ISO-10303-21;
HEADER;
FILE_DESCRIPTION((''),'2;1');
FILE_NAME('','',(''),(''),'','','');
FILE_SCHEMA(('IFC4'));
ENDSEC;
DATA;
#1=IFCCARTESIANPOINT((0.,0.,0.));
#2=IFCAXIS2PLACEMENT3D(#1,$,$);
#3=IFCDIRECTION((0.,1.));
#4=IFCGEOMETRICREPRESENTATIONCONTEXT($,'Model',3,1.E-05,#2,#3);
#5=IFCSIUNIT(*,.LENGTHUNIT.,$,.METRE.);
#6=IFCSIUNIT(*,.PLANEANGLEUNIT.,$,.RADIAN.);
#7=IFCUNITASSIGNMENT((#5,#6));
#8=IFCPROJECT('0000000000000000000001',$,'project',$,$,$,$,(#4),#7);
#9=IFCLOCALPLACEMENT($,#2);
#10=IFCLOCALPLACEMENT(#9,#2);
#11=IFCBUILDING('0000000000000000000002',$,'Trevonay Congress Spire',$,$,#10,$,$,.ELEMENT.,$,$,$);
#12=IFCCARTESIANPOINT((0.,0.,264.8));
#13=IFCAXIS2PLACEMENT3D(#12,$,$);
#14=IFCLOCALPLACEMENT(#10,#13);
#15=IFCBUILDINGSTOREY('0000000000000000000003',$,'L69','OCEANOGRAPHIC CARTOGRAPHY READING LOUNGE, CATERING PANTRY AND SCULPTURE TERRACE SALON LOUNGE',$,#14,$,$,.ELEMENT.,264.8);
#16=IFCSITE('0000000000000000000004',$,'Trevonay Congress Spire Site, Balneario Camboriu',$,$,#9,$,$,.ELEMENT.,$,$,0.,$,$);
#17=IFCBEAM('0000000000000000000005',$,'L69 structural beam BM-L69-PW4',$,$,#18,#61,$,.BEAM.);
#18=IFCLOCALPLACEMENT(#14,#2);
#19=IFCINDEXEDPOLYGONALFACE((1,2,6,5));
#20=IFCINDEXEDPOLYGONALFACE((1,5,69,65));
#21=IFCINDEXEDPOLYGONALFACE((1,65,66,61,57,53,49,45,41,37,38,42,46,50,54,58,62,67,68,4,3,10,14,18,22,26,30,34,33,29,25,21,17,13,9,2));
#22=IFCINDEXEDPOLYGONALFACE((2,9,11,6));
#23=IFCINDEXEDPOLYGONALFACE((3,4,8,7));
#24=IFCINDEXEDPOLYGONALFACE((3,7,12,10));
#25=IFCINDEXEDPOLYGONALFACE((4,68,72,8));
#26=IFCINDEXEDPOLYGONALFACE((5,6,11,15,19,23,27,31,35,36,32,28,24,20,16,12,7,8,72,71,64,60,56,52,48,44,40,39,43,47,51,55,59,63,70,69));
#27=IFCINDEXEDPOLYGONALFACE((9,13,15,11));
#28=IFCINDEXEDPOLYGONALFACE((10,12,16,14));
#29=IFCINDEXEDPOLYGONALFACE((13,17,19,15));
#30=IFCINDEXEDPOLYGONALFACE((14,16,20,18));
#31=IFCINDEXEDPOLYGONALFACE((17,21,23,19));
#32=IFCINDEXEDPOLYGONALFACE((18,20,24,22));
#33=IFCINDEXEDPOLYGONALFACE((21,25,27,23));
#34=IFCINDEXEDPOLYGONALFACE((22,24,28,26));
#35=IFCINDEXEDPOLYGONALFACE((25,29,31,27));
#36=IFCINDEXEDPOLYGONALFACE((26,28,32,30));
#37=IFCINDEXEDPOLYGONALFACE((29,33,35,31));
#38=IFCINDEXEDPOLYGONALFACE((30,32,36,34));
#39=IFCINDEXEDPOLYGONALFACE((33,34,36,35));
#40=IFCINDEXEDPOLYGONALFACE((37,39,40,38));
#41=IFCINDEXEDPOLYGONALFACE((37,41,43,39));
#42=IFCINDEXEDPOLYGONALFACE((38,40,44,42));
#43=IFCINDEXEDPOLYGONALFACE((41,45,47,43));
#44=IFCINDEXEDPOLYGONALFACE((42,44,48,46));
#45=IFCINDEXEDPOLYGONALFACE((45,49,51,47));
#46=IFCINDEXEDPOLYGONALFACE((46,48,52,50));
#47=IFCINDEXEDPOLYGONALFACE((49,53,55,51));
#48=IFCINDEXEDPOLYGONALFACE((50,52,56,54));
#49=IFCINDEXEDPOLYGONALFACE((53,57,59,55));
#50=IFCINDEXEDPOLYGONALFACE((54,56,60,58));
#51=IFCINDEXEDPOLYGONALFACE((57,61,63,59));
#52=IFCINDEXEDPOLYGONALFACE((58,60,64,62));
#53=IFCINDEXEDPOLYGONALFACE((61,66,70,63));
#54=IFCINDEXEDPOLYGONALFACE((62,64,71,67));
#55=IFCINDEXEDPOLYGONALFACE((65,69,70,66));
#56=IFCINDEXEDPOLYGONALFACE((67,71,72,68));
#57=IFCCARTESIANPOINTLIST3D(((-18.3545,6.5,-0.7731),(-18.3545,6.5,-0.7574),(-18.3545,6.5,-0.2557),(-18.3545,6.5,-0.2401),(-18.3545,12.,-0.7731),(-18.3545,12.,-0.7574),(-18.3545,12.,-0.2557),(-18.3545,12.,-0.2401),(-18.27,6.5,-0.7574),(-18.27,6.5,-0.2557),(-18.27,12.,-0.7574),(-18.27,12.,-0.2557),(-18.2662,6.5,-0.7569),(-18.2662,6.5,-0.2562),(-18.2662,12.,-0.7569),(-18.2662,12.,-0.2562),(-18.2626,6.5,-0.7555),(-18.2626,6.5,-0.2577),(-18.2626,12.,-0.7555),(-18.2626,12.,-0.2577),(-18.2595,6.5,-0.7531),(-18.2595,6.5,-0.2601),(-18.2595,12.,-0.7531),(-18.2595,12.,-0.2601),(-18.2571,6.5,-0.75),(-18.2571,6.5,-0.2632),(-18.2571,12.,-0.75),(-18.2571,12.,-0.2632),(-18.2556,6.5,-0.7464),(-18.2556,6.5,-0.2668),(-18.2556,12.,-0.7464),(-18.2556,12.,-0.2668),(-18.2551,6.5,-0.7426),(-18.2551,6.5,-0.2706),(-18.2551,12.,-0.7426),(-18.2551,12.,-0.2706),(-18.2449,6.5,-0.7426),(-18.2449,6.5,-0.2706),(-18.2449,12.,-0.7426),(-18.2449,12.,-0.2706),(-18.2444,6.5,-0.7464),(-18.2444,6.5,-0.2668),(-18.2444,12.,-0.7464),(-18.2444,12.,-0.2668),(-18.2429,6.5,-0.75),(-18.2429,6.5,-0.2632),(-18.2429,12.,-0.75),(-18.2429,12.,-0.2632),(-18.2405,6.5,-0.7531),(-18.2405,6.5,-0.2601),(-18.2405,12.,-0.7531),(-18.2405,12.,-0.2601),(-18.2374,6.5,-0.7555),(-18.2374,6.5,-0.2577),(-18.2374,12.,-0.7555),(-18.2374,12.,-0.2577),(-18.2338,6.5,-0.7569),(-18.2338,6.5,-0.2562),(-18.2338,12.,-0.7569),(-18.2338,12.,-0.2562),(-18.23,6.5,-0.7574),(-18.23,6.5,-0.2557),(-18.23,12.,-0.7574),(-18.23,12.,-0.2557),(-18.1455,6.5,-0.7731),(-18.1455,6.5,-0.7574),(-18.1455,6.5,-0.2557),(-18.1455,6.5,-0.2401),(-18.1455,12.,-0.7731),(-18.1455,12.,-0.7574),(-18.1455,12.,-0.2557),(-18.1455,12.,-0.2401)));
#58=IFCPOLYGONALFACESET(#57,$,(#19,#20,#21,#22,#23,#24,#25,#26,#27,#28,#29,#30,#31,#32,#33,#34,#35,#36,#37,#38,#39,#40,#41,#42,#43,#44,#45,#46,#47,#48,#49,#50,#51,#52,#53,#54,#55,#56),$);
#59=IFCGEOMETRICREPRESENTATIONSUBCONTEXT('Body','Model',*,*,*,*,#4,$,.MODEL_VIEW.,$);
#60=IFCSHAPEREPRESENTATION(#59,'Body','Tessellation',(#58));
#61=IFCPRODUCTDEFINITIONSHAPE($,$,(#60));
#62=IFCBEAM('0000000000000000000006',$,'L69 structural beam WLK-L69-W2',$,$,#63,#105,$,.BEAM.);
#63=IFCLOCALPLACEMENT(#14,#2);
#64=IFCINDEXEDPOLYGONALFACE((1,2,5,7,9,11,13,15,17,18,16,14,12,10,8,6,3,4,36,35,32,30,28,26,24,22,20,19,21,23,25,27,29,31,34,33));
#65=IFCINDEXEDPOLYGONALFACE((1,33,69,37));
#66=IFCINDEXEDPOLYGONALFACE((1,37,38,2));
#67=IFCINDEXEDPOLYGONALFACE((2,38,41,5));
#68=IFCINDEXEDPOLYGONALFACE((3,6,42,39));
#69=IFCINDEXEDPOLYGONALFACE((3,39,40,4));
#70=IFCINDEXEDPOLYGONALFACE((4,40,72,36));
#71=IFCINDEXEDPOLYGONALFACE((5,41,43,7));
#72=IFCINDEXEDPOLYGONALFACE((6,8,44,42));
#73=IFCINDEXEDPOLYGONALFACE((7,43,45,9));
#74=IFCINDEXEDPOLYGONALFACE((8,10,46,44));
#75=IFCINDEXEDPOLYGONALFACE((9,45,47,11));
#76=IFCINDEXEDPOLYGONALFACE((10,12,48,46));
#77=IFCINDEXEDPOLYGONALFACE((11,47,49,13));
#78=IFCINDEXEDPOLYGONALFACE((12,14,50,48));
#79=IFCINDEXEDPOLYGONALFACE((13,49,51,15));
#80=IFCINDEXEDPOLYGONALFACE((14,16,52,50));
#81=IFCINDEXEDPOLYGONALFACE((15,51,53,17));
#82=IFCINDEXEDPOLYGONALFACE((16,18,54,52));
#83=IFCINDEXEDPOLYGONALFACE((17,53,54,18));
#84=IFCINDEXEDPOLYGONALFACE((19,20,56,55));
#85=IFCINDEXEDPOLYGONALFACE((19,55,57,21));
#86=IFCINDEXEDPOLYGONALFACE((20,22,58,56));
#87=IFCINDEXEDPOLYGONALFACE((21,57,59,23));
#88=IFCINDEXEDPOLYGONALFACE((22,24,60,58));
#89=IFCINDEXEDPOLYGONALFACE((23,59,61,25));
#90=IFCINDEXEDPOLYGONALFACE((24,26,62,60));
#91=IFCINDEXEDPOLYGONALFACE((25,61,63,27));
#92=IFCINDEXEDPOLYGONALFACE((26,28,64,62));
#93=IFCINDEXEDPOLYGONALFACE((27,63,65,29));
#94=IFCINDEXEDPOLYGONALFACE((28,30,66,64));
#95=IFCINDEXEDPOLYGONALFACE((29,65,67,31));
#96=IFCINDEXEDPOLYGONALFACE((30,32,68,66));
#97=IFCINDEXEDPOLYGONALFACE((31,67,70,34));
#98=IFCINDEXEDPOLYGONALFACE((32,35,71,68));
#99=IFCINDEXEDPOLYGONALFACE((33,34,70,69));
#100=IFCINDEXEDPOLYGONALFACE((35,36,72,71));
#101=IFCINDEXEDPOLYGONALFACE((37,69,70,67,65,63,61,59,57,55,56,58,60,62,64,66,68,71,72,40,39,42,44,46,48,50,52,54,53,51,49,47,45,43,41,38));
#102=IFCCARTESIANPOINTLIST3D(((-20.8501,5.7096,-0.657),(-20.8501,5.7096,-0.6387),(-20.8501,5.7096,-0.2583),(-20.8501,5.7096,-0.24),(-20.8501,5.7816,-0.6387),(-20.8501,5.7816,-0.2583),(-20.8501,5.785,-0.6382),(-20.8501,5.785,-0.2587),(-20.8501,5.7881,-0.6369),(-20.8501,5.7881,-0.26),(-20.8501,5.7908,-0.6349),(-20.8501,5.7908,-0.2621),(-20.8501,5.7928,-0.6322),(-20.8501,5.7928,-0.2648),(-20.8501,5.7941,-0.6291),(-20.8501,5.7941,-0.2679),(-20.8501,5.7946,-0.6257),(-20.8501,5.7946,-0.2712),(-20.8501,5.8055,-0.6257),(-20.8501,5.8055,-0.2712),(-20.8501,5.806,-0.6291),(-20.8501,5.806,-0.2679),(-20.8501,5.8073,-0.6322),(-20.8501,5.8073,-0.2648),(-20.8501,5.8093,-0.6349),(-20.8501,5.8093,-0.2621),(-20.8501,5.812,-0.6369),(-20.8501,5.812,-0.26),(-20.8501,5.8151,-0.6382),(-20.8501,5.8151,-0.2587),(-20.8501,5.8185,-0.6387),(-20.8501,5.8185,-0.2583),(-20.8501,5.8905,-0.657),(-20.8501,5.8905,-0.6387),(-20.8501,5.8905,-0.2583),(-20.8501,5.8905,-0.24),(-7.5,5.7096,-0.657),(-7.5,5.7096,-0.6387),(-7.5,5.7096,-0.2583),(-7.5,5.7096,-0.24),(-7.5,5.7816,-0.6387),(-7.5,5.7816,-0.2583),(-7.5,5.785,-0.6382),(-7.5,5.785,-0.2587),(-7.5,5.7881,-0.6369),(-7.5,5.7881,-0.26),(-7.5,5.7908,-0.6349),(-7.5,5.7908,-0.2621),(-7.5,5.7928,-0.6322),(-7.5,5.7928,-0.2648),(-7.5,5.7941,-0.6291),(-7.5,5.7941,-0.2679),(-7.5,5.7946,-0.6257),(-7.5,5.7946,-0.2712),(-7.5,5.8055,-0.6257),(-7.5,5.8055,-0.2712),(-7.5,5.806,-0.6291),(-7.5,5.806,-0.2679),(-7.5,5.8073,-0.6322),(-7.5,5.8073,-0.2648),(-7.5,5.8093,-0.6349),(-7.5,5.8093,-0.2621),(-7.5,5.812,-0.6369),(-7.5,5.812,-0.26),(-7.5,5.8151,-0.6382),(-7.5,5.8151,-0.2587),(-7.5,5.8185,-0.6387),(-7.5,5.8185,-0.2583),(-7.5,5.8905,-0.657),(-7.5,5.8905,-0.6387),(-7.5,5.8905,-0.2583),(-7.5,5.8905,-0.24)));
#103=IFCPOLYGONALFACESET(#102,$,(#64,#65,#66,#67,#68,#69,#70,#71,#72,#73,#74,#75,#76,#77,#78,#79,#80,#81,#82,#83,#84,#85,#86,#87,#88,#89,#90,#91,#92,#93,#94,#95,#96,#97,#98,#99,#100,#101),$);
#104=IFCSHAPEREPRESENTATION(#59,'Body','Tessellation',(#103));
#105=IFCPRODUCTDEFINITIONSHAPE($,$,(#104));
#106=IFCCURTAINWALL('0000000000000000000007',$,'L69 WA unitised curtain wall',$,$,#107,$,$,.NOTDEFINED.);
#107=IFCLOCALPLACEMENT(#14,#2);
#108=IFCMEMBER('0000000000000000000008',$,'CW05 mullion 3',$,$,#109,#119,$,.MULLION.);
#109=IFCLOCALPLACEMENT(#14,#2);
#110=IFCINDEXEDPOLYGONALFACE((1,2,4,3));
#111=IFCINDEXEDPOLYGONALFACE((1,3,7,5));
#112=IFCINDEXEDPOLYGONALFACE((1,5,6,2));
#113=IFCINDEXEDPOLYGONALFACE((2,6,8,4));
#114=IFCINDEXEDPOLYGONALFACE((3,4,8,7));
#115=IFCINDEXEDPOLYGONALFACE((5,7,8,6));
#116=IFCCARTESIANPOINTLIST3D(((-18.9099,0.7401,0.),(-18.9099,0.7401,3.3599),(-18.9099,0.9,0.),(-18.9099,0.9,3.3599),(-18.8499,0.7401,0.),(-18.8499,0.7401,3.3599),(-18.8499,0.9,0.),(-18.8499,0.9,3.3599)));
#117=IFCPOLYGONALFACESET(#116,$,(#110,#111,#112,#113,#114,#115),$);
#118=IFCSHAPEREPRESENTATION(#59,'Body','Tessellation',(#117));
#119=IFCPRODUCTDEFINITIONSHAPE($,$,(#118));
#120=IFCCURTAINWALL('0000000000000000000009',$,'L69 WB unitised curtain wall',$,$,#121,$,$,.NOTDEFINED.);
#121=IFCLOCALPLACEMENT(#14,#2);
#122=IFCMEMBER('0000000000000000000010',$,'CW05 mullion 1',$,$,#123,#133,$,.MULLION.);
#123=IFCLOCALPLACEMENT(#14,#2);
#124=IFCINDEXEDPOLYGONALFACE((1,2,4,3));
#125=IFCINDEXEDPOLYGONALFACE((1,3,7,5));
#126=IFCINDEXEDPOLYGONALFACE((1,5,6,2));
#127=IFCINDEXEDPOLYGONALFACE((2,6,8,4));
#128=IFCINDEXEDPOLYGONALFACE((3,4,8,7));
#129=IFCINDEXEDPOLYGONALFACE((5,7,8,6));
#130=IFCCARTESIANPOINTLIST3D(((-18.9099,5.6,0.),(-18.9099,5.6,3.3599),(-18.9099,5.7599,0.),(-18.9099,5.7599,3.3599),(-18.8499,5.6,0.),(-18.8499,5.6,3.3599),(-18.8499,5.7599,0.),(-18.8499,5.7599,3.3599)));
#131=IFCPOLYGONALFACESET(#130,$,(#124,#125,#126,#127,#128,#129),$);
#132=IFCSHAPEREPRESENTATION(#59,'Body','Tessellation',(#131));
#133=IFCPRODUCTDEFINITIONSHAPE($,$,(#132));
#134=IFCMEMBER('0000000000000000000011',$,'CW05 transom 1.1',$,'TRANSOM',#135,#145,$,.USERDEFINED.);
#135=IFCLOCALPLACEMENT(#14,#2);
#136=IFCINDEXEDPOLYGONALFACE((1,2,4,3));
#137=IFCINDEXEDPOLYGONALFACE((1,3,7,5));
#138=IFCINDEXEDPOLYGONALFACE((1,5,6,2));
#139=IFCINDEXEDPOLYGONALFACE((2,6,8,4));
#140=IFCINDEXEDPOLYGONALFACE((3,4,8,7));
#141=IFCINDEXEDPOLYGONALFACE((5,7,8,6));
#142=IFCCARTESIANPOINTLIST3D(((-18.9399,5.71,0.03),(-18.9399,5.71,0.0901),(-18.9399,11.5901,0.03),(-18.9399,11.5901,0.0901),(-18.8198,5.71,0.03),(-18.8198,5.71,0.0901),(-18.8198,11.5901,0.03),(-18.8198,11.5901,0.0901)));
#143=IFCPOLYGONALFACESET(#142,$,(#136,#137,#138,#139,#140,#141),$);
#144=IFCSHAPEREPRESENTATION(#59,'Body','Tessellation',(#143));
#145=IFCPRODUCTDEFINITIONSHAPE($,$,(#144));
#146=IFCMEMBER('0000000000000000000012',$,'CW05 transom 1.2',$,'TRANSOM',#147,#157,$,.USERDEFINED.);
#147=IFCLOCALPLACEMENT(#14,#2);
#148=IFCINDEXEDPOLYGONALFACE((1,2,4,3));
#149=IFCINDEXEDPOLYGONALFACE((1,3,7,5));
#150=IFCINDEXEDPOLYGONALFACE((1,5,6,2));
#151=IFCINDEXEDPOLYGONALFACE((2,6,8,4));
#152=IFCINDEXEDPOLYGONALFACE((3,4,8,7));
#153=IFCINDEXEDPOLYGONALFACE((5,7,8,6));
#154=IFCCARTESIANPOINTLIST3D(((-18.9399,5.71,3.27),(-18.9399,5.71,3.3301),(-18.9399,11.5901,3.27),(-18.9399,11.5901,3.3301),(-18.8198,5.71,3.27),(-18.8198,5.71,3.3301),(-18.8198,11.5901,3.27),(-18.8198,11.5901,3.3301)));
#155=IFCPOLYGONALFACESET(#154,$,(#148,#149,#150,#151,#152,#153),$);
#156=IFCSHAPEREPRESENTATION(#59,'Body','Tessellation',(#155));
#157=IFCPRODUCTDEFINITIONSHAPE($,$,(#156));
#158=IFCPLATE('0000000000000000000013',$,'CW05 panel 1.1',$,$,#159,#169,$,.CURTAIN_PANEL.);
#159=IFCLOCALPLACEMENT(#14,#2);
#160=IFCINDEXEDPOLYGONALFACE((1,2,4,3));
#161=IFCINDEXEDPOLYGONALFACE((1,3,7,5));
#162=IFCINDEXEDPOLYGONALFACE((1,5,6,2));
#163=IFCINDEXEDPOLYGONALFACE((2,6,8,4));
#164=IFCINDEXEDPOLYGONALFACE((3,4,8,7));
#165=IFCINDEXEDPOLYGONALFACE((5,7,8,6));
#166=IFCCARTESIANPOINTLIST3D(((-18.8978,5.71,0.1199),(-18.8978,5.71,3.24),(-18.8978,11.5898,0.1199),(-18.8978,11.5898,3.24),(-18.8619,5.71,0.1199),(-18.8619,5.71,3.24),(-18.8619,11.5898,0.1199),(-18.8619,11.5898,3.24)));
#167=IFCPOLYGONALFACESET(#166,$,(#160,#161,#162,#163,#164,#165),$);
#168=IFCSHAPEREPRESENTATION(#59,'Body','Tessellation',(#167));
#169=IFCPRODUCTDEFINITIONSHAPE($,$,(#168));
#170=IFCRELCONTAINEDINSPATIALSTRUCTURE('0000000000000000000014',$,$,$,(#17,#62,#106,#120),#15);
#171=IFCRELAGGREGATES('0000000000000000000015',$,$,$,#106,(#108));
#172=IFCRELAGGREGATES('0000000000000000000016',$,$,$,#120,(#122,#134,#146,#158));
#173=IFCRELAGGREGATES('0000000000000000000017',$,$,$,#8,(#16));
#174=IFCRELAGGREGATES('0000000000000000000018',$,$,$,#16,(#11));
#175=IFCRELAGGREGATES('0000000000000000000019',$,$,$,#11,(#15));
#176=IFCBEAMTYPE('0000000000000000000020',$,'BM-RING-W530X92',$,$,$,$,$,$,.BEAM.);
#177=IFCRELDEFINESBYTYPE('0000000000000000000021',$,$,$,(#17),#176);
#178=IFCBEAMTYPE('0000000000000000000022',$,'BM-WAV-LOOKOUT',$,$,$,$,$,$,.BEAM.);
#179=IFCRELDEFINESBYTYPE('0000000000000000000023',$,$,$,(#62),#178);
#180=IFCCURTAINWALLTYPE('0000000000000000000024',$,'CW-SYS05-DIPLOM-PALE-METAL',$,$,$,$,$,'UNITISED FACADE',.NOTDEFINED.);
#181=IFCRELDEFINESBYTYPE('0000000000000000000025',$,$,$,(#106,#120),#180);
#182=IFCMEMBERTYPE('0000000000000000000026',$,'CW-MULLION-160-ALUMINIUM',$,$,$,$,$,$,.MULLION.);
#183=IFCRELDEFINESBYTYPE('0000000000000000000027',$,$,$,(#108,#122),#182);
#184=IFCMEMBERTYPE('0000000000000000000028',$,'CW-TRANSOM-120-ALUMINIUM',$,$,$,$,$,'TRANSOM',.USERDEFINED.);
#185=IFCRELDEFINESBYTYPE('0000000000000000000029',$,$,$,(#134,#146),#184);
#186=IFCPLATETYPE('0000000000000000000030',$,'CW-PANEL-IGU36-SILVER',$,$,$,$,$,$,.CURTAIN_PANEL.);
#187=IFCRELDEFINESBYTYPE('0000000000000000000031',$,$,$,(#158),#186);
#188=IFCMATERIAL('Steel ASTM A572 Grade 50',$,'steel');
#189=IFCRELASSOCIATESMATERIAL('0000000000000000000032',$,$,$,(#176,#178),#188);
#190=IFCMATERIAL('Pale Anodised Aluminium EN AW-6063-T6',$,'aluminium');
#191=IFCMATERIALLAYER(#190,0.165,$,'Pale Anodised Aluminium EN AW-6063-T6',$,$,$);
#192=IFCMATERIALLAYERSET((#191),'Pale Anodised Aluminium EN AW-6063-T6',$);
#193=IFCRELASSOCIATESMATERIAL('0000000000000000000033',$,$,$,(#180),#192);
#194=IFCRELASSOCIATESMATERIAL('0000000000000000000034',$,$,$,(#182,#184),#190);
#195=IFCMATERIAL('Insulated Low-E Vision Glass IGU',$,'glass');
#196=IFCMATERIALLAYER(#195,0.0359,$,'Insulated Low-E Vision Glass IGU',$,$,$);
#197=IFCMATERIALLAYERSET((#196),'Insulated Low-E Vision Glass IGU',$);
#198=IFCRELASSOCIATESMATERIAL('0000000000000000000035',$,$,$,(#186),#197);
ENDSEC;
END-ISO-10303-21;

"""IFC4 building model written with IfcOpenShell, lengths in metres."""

from ifc_helpers import new_model, si_unit, direction, frame, origin, origin_2d, place, context, subcontext, project, spatial, rectangle, i_section, extrude, material, layer, layer_set, material_profile, profile_set, type_object, element, aggregate, save


model = new_model("IFC4")

# Units and contexts
model_context = context("Model", 3, precision=1e-05, world=origin(), true_north=direction((0.0, 1.0)))
body_context = subcontext(model_context, "Body", "Model", "MODEL_VIEW")
ifc_project = project(units=[si_unit("LENGTHUNIT", "METRE"), si_unit("PLANEANGLEUNIT", "RADIAN")], contexts=[model_context])

# Site, building, storey
site_placement = place(None, origin())
site = spatial("IfcSite", under=ifc_project, at=site_placement, Name="Trevonay Congress Spire Site, Balneario Camboriu", CompositionType="ELEMENT", RefElevation=0.0)
building_placement = place(site_placement, origin())
building = spatial("IfcBuilding", under=site, at=building_placement, Name="Trevonay Congress Spire", CompositionType="ELEMENT")
storey_placement = place(building_placement, frame((0.0, 0.0, 264.8)))
storey = spatial("IfcBuildingStorey", under=building, at=storey_placement, Name="L69", Description="OCEANOGRAPHIC CARTOGRAPHY READING LOUNGE, CATERING PANTRY AND SCULPTURE TERRACE SALON LOUNGE", CompositionType="ELEMENT", Elevation=264.8)

# Shared definitions
ifc_material_1 = material(Name="Steel ASTM A572 Grade 50", Category="steel")

# Beams
ifc_material_profile_1 = material_profile(ifc_material_1, i_section(OverallWidth=0.209, OverallDepth=0.533, WebThickness=0.0103, FlangeThickness=0.0156, FilletRadius=0.0149, at=origin_2d()), Name="W530x92")
ifc_profile_set_1 = profile_set([ifc_material_profile_1], Name="Steel ASTM A572 Grade 50")
beam_type_1 = type_object("IfcBeamType", Name="BM-RING-W530X92", PredefinedType="BEAM", material=ifc_profile_set_1)
beam_1_placement = place(storey_placement, frame((-18.25, 6.5, -0.5066), z_axis=(0.0, 1.0, 0.0), x_axis=(-1.0, 0.0, 0.0)))
element("IfcBeam", 1, at=beam_1_placement, inside=storey, type_object=beam_type_1, Name="L69 structural beam BM-L69-PW4", PredefinedType="BEAM", context=body_context, shape_type="SweptSolid", body=[
    extrude(i_section(OverallWidth=0.209, OverallDepth=0.533, WebThickness=0.0103, FlangeThickness=0.0156, FilletRadius=0.0149, at=origin_2d()), origin(), (0.0, 0.0, 1.0), 5.5),
])
ifc_material_profile_2 = material_profile(ifc_material_1, i_section(OverallWidth=0.1809, OverallDepth=0.417, WebThickness=0.011, FlangeThickness=0.0183, FilletRadius=0.0129, at=origin_2d()), Name="W410x85")
ifc_profile_set_2 = profile_set([ifc_material_profile_2], Name="Steel ASTM A572 Grade 50")
beam_type_2 = type_object("IfcBeamType", Name="BM-WAV-LOOKOUT", PredefinedType="BEAM", material=ifc_profile_set_2)
beam_2_placement = place(storey_placement, frame((-7.5, 5.8, -0.4485), z_axis=(-1.0, 0.0, 0.0), x_axis=(0.0, -1.0, 0.0)))
element("IfcBeam", 2, at=beam_2_placement, inside=storey, type_object=beam_type_2, Name="L69 structural beam WLK-L69-W2", PredefinedType="BEAM", context=body_context, shape_type="SweptSolid", body=[
    extrude(i_section(OverallWidth=0.1809, OverallDepth=0.417, WebThickness=0.011, FlangeThickness=0.0183, FilletRadius=0.0129, at=origin_2d()), origin(), (0.0, 0.0, 1.0), 13.3501),
])

# Curtain wall, member
ifc_material_2 = material(Name="Pale Anodised Aluminium EN AW-6063-T6", Category="aluminium")
ifc_layer_1 = layer(ifc_material_2, 0.165, Name="Pale Anodised Aluminium EN AW-6063-T6")
ifc_layer_set_1 = layer_set([ifc_layer_1], Name="Pale Anodised Aluminium EN AW-6063-T6")
curtain_wall_type = type_object("IfcCurtainWallType", Name="CW-SYS05-DIPLOM-PALE-METAL", ElementType="UNITISED FACADE", PredefinedType="NOTDEFINED", material=ifc_layer_set_1)
curtain_wall_1_placement = place(storey_placement, origin())
curtain_wall_1 = element("IfcCurtainWall", 3, at=curtain_wall_1_placement, inside=storey, type_object=curtain_wall_type, Name="L69 WA unitised curtain wall", PredefinedType="NOTDEFINED")
ifc_material_profile_3 = material_profile(ifc_material_2, rectangle(XDim=0.0601, YDim=0.1599, at=origin_2d()), Name="CW-MULLION-160-ALUMINIUM")
ifc_profile_set_3 = profile_set([ifc_material_profile_3], Name="Pale Anodised Aluminium EN AW-6063-T6")
member_type_1 = type_object("IfcMemberType", Name="CW-MULLION-160-ALUMINIUM", PredefinedType="MULLION", material=ifc_profile_set_3)
member_1_placement = place(storey_placement, frame((-18.8799, 0.8201, 0.0), z_axis=(0.0, 0.0, 1.0), x_axis=(-1.0, 0.0, 0.0)))
member_1 = element("IfcMember", 4, at=member_1_placement, type_object=member_type_1, Name="CW05 mullion 3", PredefinedType="MULLION", context=body_context, shape_type="SweptSolid", body=[
    extrude(rectangle(XDim=0.0601, YDim=0.1599, at=origin_2d()), origin(), (0.0, 0.0, 1.0), 3.3599),
])
aggregate(curtain_wall_1, [member_1])

# Curtain wall, members, plate
curtain_wall_2_placement = place(storey_placement, origin())
curtain_wall_2 = element("IfcCurtainWall", 5, at=curtain_wall_2_placement, inside=storey, type_object=curtain_wall_type, Name="L69 WB unitised curtain wall", PredefinedType="NOTDEFINED")
member_2_placement = place(storey_placement, frame((-18.8799, 5.6799, 0.0), z_axis=(0.0, 0.0, 1.0), x_axis=(-1.0, 0.0, 0.0)))
member_2 = element("IfcMember", 6, at=member_2_placement, type_object=member_type_1, Name="CW05 mullion 1", PredefinedType="MULLION", context=body_context, shape_type="SweptSolid", body=[
    extrude(rectangle(XDim=0.0601, YDim=0.1599, at=origin_2d()), origin(), (0.0, 0.0, 1.0), 3.3599),
])
ifc_material_profile_4 = material_profile(ifc_material_2, rectangle(XDim=0.1201, YDim=0.0601, at=origin_2d()), Name="CW-TRANSOM-120-ALUMINIUM")
ifc_profile_set_4 = profile_set([ifc_material_profile_4], Name="Pale Anodised Aluminium EN AW-6063-T6")
member_type_2 = type_object("IfcMemberType", Name="CW-TRANSOM-120-ALUMINIUM", ElementType="TRANSOM", PredefinedType="USERDEFINED", material=ifc_profile_set_4)
member_3_placement = place(storey_placement, frame((-18.8799, 5.71, 0.0601), z_axis=(0.0, 1.0, 0.0), x_axis=(-1.0, 0.0, 0.0)))
member_3 = element("IfcMember", 7, at=member_3_placement, type_object=member_type_2, Name="CW05 transom 1.1", ObjectType="TRANSOM", PredefinedType="USERDEFINED", context=body_context, shape_type="SweptSolid", body=[
    extrude(rectangle(XDim=0.1201, YDim=0.0601, at=origin_2d()), origin(), (0.0, 0.0, 1.0), 5.8801),
])
member_4_placement = place(storey_placement, frame((-18.8799, 5.71, 3.3), z_axis=(0.0, 1.0, 0.0), x_axis=(-1.0, 0.0, 0.0)))
member_4 = element("IfcMember", 8, at=member_4_placement, type_object=member_type_2, Name="CW05 transom 1.2", ObjectType="TRANSOM", PredefinedType="USERDEFINED", context=body_context, shape_type="SweptSolid", body=[
    extrude(rectangle(XDim=0.1201, YDim=0.0601, at=origin_2d()), origin(), (0.0, 0.0, 1.0), 5.8801),
])
ifc_material_3 = material(Name="Insulated Low-E Vision Glass IGU", Category="glass")
ifc_layer_2 = layer(ifc_material_3, 0.0359, Name="Insulated Low-E Vision Glass IGU")
ifc_layer_set_2 = layer_set([ifc_layer_2], Name="Insulated Low-E Vision Glass IGU")
plate_type = type_object("IfcPlateType", Name="CW-PANEL-IGU36-SILVER", PredefinedType="CURTAIN_PANEL", material=ifc_layer_set_2)
plate_placement = place(storey_placement, frame((-18.8799, 8.6499, 0.1199), z_axis=(0.0, 0.0, 1.0), x_axis=(0.0, 1.0, 0.0)))
plate = element("IfcPlate", 9, at=plate_placement, type_object=plate_type, Name="CW05 panel 1.1", PredefinedType="CURTAIN_PANEL", context=body_context, shape_type="SweptSolid", body=[
    extrude(rectangle(XDim=5.8799, YDim=0.0359, at=origin_2d()), origin(), (0.0, 0.0, 1.0), 3.1201),
])
aggregate(curtain_wall_2, [member_2, member_3, member_4, plate])

save(model, "model.ifc")
